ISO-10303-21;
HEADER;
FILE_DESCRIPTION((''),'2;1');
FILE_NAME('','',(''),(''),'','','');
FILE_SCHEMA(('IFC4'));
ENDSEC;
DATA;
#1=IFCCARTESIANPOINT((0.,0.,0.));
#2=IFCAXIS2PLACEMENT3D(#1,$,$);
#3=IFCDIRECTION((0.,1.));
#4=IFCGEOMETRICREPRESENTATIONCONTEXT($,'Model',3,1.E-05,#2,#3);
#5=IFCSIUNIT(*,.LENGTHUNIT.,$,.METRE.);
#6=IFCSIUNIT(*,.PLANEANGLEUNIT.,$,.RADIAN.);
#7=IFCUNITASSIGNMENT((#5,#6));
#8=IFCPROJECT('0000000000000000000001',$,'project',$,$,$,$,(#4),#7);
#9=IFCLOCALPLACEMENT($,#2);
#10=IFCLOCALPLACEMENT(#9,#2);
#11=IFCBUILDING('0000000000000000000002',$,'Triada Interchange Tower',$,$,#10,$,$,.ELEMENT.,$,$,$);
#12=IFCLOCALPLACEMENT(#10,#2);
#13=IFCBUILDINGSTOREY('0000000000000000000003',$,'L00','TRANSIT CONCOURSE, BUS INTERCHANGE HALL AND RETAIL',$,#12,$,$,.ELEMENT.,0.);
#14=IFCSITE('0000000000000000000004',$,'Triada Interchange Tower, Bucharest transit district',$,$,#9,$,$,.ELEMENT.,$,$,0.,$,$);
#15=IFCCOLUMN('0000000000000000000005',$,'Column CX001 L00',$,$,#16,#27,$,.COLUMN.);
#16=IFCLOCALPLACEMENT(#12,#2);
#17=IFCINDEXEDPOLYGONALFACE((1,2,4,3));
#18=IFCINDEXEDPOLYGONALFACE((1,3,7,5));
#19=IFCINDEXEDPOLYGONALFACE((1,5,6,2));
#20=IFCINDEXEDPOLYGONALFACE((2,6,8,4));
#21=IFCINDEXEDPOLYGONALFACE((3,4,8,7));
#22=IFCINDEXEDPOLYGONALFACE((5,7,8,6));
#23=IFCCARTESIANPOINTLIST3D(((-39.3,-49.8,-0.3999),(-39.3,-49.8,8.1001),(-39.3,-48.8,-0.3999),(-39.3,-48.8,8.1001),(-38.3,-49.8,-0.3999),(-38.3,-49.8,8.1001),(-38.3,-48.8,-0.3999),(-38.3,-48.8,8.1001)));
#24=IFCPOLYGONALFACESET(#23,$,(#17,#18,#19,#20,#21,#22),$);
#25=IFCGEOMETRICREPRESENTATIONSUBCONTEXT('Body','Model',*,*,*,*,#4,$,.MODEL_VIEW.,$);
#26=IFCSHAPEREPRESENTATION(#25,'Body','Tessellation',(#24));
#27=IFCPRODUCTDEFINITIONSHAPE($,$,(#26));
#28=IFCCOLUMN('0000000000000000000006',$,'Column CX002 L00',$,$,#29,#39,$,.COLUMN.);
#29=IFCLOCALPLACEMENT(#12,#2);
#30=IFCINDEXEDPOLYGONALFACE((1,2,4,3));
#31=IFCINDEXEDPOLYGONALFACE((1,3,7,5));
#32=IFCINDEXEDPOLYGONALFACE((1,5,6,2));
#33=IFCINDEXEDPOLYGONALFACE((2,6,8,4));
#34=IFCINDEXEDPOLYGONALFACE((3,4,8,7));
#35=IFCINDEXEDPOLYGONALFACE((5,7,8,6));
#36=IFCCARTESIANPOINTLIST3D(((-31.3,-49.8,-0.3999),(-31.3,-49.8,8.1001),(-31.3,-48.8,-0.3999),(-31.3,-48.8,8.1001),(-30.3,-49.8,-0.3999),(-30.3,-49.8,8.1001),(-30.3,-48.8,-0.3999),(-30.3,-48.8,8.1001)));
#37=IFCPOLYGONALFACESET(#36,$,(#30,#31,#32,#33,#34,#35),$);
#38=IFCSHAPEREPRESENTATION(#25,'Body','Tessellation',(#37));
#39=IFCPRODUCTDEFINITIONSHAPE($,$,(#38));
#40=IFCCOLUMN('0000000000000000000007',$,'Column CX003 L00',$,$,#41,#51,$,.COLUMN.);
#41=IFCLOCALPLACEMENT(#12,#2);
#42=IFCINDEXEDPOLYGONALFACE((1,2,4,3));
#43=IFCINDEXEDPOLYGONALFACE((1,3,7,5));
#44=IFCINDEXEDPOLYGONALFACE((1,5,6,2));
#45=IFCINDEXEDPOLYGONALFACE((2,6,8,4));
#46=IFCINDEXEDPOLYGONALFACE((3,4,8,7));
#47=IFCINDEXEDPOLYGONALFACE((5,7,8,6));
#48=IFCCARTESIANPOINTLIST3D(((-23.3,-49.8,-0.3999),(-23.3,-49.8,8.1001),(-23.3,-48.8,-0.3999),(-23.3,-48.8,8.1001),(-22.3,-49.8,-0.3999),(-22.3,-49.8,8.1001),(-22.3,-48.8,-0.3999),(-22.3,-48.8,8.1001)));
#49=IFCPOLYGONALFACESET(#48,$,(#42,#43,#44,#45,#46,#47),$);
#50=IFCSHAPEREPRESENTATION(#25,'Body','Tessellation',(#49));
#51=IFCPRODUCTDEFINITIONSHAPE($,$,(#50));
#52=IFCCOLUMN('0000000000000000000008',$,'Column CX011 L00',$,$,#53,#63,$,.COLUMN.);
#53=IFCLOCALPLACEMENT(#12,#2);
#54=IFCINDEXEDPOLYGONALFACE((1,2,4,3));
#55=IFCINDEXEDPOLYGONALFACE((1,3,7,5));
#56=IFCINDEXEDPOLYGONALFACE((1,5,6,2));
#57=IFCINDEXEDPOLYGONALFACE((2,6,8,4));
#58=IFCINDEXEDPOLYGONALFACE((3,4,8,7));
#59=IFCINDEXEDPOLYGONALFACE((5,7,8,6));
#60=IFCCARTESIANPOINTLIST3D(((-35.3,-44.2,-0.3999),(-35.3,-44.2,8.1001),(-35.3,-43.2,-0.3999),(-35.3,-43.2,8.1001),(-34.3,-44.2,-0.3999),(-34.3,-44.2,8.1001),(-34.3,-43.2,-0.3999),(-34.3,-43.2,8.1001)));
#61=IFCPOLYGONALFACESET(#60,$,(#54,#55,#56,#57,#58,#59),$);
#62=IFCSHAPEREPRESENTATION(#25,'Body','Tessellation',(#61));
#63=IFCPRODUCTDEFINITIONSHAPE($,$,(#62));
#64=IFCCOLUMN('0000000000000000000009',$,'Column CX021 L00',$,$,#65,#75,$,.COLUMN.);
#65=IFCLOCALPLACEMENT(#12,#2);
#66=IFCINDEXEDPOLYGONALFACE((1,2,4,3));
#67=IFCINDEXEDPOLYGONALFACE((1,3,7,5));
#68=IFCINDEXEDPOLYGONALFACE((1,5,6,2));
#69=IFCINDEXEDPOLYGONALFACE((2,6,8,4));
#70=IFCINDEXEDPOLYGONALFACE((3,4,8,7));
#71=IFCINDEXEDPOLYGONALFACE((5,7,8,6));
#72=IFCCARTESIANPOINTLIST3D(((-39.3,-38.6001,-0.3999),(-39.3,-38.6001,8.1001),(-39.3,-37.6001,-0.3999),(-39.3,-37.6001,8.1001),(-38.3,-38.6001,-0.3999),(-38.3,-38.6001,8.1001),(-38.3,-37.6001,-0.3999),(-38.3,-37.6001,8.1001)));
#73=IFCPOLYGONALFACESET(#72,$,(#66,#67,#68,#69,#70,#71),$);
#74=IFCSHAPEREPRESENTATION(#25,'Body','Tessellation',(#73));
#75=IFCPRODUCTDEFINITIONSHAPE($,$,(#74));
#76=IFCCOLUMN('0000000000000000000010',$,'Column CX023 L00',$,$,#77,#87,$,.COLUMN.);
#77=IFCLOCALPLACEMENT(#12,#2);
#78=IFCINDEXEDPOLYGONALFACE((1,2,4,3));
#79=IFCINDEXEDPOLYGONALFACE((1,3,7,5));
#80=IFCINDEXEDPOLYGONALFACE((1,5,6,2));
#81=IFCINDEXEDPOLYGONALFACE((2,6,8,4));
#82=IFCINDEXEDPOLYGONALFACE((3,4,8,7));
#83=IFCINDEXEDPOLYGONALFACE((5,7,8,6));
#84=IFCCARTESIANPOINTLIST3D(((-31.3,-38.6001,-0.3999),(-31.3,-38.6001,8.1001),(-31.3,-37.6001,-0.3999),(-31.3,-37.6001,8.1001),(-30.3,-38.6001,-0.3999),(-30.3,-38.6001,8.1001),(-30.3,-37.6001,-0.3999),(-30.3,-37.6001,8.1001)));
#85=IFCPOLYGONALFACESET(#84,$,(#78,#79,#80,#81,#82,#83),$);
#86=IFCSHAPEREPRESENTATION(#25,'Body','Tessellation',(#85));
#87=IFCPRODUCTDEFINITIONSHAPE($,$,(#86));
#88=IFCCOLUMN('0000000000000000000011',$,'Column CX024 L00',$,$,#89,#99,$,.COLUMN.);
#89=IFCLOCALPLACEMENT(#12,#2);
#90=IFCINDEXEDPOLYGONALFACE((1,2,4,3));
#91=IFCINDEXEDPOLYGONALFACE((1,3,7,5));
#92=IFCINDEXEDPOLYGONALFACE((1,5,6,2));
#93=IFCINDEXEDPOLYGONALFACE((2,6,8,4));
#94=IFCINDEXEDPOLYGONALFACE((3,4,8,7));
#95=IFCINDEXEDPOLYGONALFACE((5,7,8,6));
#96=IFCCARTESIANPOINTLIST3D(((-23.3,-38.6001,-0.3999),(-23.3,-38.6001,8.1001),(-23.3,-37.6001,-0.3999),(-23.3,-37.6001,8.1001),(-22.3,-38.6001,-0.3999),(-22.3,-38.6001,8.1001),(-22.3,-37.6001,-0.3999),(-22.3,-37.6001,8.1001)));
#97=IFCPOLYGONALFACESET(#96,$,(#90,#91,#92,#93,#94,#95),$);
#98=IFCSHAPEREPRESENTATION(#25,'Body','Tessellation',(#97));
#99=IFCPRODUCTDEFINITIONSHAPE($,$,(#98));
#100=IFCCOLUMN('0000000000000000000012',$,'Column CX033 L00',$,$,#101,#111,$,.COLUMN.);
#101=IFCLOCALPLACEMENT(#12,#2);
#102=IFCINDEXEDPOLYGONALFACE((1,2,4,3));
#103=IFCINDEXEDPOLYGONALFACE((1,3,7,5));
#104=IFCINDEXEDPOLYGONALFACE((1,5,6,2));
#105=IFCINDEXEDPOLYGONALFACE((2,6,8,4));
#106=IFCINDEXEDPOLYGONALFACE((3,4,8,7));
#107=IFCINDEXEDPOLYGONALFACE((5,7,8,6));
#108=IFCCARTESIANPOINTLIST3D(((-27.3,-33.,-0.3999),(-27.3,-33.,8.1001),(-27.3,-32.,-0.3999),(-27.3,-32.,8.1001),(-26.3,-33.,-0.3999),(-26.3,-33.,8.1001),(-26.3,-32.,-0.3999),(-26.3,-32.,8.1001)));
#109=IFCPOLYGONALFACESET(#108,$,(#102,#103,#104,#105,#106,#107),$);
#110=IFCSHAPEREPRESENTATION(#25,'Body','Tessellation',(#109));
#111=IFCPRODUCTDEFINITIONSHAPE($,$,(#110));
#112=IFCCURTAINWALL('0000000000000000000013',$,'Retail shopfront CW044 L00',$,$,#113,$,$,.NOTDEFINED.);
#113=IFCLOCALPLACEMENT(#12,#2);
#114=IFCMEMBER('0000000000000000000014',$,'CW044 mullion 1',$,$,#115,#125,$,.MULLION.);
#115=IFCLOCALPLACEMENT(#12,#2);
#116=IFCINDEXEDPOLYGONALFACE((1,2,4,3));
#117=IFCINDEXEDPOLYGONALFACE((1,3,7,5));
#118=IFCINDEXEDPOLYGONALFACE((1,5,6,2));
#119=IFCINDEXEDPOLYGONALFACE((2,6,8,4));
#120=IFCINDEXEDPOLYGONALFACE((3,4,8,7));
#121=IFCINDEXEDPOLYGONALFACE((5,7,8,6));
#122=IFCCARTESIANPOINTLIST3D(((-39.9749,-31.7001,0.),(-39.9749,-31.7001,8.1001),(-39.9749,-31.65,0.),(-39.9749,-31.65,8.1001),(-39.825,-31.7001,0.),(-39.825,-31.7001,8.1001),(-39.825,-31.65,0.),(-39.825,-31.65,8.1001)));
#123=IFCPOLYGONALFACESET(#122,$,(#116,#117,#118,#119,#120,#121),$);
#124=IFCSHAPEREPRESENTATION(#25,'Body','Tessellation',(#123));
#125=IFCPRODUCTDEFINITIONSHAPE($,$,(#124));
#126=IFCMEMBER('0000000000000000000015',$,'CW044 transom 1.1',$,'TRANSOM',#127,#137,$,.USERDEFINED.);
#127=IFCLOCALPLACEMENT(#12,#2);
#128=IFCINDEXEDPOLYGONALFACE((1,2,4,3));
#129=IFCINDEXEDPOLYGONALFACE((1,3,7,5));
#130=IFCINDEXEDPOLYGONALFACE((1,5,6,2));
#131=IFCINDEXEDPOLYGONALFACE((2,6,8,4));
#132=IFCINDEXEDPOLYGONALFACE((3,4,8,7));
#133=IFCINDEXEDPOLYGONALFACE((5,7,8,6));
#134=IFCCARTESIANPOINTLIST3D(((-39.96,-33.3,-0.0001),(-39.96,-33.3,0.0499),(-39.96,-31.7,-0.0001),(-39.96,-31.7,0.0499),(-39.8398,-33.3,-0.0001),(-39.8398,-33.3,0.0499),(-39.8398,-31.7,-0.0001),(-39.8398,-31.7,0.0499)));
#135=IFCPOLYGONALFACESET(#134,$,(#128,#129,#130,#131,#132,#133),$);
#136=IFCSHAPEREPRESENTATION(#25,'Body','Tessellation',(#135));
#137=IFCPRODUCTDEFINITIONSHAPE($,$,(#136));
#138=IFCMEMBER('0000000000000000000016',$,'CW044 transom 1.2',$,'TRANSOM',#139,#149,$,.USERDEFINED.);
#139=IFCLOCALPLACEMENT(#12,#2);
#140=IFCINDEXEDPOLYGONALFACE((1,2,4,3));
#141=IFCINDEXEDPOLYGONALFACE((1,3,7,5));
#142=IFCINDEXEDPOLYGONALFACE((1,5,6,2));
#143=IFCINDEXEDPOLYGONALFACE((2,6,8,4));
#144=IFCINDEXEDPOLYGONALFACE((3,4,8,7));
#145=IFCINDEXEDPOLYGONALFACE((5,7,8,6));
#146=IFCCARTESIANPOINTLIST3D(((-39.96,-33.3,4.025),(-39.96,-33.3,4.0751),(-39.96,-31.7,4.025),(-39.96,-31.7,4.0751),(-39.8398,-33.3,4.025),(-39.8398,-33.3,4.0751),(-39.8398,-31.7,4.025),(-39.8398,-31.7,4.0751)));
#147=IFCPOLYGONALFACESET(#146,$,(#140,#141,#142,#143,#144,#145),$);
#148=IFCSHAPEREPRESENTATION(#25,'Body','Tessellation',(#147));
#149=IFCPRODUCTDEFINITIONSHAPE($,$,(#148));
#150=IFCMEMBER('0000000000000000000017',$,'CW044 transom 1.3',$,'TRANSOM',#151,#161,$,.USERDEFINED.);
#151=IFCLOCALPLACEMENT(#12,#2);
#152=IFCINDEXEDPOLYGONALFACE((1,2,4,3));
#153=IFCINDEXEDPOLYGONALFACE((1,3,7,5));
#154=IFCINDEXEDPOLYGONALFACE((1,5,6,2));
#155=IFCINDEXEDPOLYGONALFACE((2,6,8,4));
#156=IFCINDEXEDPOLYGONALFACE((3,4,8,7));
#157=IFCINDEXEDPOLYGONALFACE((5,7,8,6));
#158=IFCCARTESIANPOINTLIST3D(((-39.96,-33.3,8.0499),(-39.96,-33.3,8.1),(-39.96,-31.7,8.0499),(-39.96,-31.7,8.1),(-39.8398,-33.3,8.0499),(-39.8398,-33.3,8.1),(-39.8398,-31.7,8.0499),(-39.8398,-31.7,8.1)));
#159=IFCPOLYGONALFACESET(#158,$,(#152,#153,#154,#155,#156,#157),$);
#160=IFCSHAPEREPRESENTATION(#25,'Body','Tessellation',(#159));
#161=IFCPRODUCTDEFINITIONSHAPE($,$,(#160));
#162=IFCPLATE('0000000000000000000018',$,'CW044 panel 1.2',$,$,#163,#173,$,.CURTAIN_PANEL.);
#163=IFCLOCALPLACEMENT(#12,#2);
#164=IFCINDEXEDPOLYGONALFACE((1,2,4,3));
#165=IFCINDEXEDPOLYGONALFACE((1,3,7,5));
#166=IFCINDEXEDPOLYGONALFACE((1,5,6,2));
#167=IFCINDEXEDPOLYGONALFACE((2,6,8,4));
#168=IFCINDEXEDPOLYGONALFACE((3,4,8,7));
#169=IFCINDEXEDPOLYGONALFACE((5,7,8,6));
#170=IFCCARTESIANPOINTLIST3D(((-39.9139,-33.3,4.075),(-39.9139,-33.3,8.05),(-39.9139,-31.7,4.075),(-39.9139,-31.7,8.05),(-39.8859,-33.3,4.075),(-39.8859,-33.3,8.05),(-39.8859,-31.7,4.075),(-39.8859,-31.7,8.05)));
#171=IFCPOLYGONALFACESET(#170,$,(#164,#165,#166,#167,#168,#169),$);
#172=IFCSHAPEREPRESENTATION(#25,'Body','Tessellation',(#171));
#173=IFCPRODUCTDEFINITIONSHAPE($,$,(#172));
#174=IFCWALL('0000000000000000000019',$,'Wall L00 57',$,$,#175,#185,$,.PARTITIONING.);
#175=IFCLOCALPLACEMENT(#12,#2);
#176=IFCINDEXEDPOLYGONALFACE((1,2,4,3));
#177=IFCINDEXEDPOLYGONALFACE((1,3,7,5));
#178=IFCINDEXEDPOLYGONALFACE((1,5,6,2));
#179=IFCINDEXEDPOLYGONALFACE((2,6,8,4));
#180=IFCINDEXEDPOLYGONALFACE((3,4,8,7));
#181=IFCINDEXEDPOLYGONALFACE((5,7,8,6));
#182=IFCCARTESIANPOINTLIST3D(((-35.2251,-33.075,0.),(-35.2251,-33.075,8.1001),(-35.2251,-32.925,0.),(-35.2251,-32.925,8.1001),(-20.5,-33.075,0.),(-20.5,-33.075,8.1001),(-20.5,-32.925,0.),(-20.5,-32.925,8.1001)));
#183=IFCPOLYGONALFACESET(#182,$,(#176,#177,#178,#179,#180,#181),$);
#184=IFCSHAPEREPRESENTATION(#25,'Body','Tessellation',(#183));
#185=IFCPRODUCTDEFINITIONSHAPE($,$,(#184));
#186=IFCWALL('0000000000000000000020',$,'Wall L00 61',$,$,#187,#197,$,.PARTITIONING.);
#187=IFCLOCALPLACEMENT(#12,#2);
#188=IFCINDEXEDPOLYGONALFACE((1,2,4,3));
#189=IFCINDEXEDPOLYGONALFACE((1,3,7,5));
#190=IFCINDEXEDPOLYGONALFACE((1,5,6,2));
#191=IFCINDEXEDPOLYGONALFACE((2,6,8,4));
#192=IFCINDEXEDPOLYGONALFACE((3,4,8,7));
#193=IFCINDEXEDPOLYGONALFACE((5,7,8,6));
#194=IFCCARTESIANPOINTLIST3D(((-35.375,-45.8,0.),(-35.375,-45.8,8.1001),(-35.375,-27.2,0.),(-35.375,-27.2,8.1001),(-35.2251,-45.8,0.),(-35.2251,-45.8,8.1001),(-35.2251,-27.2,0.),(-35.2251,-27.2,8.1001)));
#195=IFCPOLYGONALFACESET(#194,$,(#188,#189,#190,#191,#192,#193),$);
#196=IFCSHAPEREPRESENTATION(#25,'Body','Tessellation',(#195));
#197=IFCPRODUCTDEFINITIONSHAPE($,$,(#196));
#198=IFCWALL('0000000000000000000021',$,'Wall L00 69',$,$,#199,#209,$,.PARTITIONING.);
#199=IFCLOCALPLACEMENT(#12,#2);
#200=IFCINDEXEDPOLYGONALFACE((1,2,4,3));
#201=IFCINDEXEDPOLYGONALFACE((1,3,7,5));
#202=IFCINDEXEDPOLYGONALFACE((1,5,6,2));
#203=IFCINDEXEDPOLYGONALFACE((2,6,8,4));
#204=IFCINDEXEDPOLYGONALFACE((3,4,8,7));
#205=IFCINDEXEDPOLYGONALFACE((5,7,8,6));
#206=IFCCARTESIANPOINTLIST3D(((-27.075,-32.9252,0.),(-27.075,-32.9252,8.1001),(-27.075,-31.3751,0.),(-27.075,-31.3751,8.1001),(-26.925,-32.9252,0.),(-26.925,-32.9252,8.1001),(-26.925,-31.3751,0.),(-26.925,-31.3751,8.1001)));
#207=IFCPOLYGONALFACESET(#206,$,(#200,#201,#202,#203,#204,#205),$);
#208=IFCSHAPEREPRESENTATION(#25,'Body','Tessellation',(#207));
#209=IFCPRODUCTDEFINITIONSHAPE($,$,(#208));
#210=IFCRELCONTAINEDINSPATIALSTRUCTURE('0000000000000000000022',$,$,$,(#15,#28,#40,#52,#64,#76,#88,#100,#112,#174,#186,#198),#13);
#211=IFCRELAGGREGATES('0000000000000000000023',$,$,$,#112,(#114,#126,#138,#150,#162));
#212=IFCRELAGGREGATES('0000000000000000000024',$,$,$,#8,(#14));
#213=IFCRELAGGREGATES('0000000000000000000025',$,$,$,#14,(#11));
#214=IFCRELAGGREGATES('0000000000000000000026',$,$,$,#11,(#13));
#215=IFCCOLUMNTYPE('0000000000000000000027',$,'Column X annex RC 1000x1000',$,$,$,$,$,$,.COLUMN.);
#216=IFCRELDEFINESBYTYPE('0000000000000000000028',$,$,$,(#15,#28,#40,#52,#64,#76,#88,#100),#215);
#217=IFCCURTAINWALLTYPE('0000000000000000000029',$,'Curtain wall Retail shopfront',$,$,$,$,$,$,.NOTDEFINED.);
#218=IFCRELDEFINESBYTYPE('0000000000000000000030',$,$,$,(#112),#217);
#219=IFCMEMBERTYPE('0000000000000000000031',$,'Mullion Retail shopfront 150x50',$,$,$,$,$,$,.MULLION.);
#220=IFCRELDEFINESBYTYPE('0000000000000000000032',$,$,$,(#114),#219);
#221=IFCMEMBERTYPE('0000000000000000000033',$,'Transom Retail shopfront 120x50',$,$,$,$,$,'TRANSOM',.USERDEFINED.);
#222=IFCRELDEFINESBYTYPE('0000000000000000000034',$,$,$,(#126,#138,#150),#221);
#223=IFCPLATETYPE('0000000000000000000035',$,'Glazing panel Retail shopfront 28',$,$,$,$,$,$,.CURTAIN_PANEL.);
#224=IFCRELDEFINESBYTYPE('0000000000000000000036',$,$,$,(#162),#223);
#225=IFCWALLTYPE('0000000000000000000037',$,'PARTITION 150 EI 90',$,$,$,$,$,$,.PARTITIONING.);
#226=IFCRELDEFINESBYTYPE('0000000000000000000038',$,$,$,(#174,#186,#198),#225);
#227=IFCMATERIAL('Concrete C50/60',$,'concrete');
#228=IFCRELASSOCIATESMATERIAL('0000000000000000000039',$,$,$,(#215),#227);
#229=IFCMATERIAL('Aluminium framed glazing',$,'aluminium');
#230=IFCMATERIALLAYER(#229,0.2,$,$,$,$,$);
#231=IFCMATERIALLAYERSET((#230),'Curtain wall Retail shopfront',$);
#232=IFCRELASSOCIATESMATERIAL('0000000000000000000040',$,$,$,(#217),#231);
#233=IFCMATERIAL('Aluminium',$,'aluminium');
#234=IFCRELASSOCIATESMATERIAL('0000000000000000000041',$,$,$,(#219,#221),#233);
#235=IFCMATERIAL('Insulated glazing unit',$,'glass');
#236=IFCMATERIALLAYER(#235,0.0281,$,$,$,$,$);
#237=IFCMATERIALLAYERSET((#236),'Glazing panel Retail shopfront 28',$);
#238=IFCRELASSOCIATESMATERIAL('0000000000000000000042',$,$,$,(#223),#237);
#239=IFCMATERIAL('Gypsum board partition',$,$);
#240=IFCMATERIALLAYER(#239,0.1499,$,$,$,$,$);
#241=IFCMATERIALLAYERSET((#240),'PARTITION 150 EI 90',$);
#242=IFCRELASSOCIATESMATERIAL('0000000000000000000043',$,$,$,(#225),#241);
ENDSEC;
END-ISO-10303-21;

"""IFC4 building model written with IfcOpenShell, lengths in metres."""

from ifc_helpers import new_model, si_unit, direction, frame, frame_2d, origin, origin_2d, place, context, subcontext, project, spatial, rectangle, extrude, material, layer, layer_set, material_profile, profile_set, type_object, element, aggregate, save


model = new_model("IFC4")

# Units and contexts
model_context = context("Model", 3, precision=1e-05, world=origin(), true_north=direction((0.0, 1.0)))
body_context = subcontext(model_context, "Body", "Model", "MODEL_VIEW")
ifc_project = project(units=[si_unit("LENGTHUNIT", "METRE"), si_unit("PLANEANGLEUNIT", "RADIAN")], contexts=[model_context])

# Site, building, storey
site_placement = place(None, origin())
site = spatial("IfcSite", under=ifc_project, at=site_placement, Name="Triada Interchange Tower, Bucharest transit district", CompositionType="ELEMENT", RefElevation=0.0)
building_placement = place(site_placement, origin())
building = spatial("IfcBuilding", under=site, at=building_placement, Name="Triada Interchange Tower", CompositionType="ELEMENT")
storey_placement = place(building_placement, origin())
storey = spatial("IfcBuildingStorey", under=building, at=storey_placement, Name="L00", Description="TRANSIT CONCOURSE, BUS INTERCHANGE HALL AND RETAIL", CompositionType="ELEMENT", Elevation=0.0)

# Columns
ifc_material_1 = material(Name="Concrete C50/60", Category="concrete")
ifc_material_profile_1 = material_profile(ifc_material_1, rectangle(XDim=1.0, YDim=1.0, at=origin_2d()), Name="RC 1000x1000")
ifc_profile_set_1 = profile_set([ifc_material_profile_1], Name="Concrete C50/60")
column_type = type_object("IfcColumnType", Name="Column X annex RC 1000x1000", PredefinedType="COLUMN", material=ifc_profile_set_1)
for number, where, z_axis, x_axis, name in (
    (1, (-38.8, -49.3, -0.3999), (0.0, 0.0, 1.0), (1.0, 0.0, 0.0), "Column CX001 L00"),
    (2, (-30.8, -49.3, -0.3999), (0.0, 0.0, 1.0), (1.0, 0.0, 0.0), "Column CX002 L00"),
    (3, (-22.8, -49.3, -0.3999), (0.0, 0.0, 1.0), (1.0, 0.0, 0.0), "Column CX003 L00"),
    (4, (-34.8, -43.7, -0.3999), (0.0, 0.0, 1.0), (1.0, 0.0, 0.0), "Column CX011 L00"),
    (5, (-38.8, -38.1001, -0.3999), (0.0, 0.0, 1.0), (1.0, 0.0, 0.0), "Column CX021 L00"),
    (6, (-30.8, -38.1001, -0.3999), (0.0, 0.0, 1.0), (1.0, 0.0, 0.0), "Column CX023 L00"),
    (7, (-22.8, -38.1001, -0.3999), (0.0, 0.0, 1.0), (1.0, 0.0, 0.0), "Column CX024 L00"),
    (8, (-26.8, -32.5, -0.3999), (0.0, 0.0, 1.0), (1.0, 0.0, 0.0), "Column CX033 L00"),
):
    element("IfcColumn", number, at=place(storey_placement, frame(where, z_axis=z_axis, x_axis=x_axis)), inside=storey, type_object=column_type, Name=name, PredefinedType="COLUMN", context=body_context, shape_type="SweptSolid", body=[
        extrude(rectangle(XDim=1.0, YDim=1.0, at=origin_2d()), origin(), (0.0, 0.0, 1.0), 8.5),
    ])

# Curtain wall, members, plate
ifc_material_2 = material(Name="Aluminium framed glazing", Category="aluminium")
ifc_layer_1 = layer(ifc_material_2, 0.2)
ifc_layer_set_1 = layer_set([ifc_layer_1], Name="Curtain wall Retail shopfront")
curtain_wall_type = type_object("IfcCurtainWallType", Name="Curtain wall Retail shopfront", PredefinedType="NOTDEFINED", material=ifc_layer_set_1)
curtain_wall_placement = place(storey_placement, origin())
curtain_wall = element("IfcCurtainWall", 9, at=curtain_wall_placement, inside=storey, type_object=curtain_wall_type, Name="Retail shopfront CW044 L00", PredefinedType="NOTDEFINED")
ifc_material_3 = material(Name="Aluminium", Category="aluminium")
ifc_material_profile_2 = material_profile(ifc_material_3, rectangle(XDim=0.1499, YDim=0.05, at=origin_2d()), Name="Aluminium mullion")
ifc_profile_set_2 = profile_set([ifc_material_profile_2], Name="Aluminium")
member_type_1 = type_object("IfcMemberType", Name="Mullion Retail shopfront 150x50", PredefinedType="MULLION", material=ifc_profile_set_2)
member_1_placement = place(storey_placement, frame((-39.8999, -31.675, 0.0), z_axis=(0.0, 0.0, 1.0), x_axis=(1.0, 0.0, 0.0)))
member_1 = element("IfcMember", 10, at=member_1_placement, type_object=member_type_1, Name="CW044 mullion 1", PredefinedType="MULLION", context=body_context, shape_type="SweptSolid", body=[
    extrude(rectangle(XDim=0.1499, YDim=0.05, at=origin_2d()), origin(), (0.0, 0.0, 1.0), 8.1001),
])
ifc_material_profile_3 = material_profile(ifc_material_3, rectangle(XDim=0.1201, YDim=0.05, at=origin_2d()), Name="Aluminium transom")
ifc_profile_set_3 = profile_set([ifc_material_profile_3], Name="Aluminium")
member_type_2 = type_object("IfcMemberType", Name="Transom Retail shopfront 120x50", ElementType="TRANSOM", PredefinedType="USERDEFINED", material=ifc_profile_set_3)
member_2_placement = place(storey_placement, frame((-39.8999, -31.7, 0.0249), z_axis=(0.0, -1.0, 0.0), x_axis=(1.0, 0.0, 0.0)))
member_2 = element("IfcMember", 11, at=member_2_placement, type_object=member_type_2, Name="CW044 transom 1.1", ObjectType="TRANSOM", PredefinedType="USERDEFINED", context=body_context, shape_type="SweptSolid", body=[
    extrude(rectangle(XDim=0.1201, YDim=0.05, at=origin_2d()), origin(), (0.0, 0.0, 1.0), 1.6001),
])
member_3_placement = place(storey_placement, frame((-39.8999, -31.7, 4.05), z_axis=(0.0, -1.0, 0.0), x_axis=(1.0, 0.0, 0.0)))
member_3 = element("IfcMember", 12, at=member_3_placement, type_object=member_type_2, Name="CW044 transom 1.2", ObjectType="TRANSOM", PredefinedType="USERDEFINED", context=body_context, shape_type="SweptSolid", body=[
    extrude(rectangle(XDim=0.1201, YDim=0.05, at=origin_2d()), origin(), (0.0, 0.0, 1.0), 1.6001),
])
member_4_placement = place(storey_placement, frame((-39.8999, -31.7, 8.075), z_axis=(0.0, -1.0, 0.0), x_axis=(1.0, 0.0, 0.0)))
member_4 = element("IfcMember", 13, at=member_4_placement, type_object=member_type_2, Name="CW044 transom 1.3", ObjectType="TRANSOM", PredefinedType="USERDEFINED", context=body_context, shape_type="SweptSolid", body=[
    extrude(rectangle(XDim=0.1201, YDim=0.05, at=origin_2d()), origin(), (0.0, 0.0, 1.0), 1.6001),
])
ifc_material_4 = material(Name="Insulated glazing unit", Category="glass")
ifc_layer_2 = layer(ifc_material_4, 0.0281)
ifc_layer_set_2 = layer_set([ifc_layer_2], Name="Glazing panel Retail shopfront 28")
plate_type = type_object("IfcPlateType", Name="Glazing panel Retail shopfront 28", PredefinedType="CURTAIN_PANEL", material=ifc_layer_set_2)
plate_placement = place(storey_placement, frame((-39.8999, -32.5, 4.075), z_axis=(0.0, 0.0, 1.0), x_axis=(0.0, -1.0, 0.0)))
plate = element("IfcPlate", 14, at=plate_placement, type_object=plate_type, Name="CW044 panel 1.2", PredefinedType="CURTAIN_PANEL", context=body_context, shape_type="SweptSolid", body=[
    extrude(rectangle(XDim=1.6001, YDim=0.0281, at=origin_2d()), origin(), (0.0, 0.0, 1.0), 3.9751),
])
aggregate(curtain_wall, [member_1, member_2, member_3, member_4, plate])

# Walls
ifc_material_5 = material(Name="Gypsum board partition")
ifc_layer_3 = layer(ifc_material_5, 0.1499)
ifc_layer_set_3 = layer_set([ifc_layer_3], Name="PARTITION 150 EI 90")
wall_type = type_object("IfcWallType", Name="PARTITION 150 EI 90", PredefinedType="PARTITIONING", material=ifc_layer_set_3)
wall_1_placement = place(storey_placement, frame((-35.2251, -33.0, 0.0), z_axis=(0.0, 0.0, 1.0), x_axis=(1.0, 0.0, 0.0)))
element("IfcWall", 15, at=wall_1_placement, inside=storey, type_object=wall_type, Name="Wall L00 57", PredefinedType="PARTITIONING", context=body_context, shape_type="SweptSolid", body=[
    extrude(rectangle(XDim=14.7251, YDim=0.1499, at=frame_2d((7.3625, 0.0))), origin(), (0.0, 0.0, 1.0), 8.1001),
])
wall_2_placement = place(storey_placement, frame((-35.3, -45.8, 0.0), z_axis=(0.0, 0.0, 1.0), x_axis=(0.0, 1.0, 0.0)))
element("IfcWall", 16, at=wall_2_placement, inside=storey, type_object=wall_type, Name="Wall L00 61", PredefinedType="PARTITIONING", context=body_context, shape_type="SweptSolid", body=[
    extrude(rectangle(XDim=18.6001, YDim=0.1499, at=frame_2d((9.3, 0.0))), origin(), (0.0, 0.0, 1.0), 8.1001),
])
wall_3_placement = place(storey_placement, frame((-27.0, -32.925, 0.0), z_axis=(0.0, 0.0, 1.0), x_axis=(0.0, 1.0, 0.0)))
element("IfcWall", 17, at=wall_3_placement, inside=storey, type_object=wall_type, Name="Wall L00 69", PredefinedType="PARTITIONING", context=body_context, shape_type="SweptSolid", body=[
    extrude(rectangle(XDim=1.55, YDim=0.1499, at=frame_2d((0.7749, 0.0))), origin(), (0.0, 0.0, 1.0), 8.1001),
])

save(model, "model.ifc")
